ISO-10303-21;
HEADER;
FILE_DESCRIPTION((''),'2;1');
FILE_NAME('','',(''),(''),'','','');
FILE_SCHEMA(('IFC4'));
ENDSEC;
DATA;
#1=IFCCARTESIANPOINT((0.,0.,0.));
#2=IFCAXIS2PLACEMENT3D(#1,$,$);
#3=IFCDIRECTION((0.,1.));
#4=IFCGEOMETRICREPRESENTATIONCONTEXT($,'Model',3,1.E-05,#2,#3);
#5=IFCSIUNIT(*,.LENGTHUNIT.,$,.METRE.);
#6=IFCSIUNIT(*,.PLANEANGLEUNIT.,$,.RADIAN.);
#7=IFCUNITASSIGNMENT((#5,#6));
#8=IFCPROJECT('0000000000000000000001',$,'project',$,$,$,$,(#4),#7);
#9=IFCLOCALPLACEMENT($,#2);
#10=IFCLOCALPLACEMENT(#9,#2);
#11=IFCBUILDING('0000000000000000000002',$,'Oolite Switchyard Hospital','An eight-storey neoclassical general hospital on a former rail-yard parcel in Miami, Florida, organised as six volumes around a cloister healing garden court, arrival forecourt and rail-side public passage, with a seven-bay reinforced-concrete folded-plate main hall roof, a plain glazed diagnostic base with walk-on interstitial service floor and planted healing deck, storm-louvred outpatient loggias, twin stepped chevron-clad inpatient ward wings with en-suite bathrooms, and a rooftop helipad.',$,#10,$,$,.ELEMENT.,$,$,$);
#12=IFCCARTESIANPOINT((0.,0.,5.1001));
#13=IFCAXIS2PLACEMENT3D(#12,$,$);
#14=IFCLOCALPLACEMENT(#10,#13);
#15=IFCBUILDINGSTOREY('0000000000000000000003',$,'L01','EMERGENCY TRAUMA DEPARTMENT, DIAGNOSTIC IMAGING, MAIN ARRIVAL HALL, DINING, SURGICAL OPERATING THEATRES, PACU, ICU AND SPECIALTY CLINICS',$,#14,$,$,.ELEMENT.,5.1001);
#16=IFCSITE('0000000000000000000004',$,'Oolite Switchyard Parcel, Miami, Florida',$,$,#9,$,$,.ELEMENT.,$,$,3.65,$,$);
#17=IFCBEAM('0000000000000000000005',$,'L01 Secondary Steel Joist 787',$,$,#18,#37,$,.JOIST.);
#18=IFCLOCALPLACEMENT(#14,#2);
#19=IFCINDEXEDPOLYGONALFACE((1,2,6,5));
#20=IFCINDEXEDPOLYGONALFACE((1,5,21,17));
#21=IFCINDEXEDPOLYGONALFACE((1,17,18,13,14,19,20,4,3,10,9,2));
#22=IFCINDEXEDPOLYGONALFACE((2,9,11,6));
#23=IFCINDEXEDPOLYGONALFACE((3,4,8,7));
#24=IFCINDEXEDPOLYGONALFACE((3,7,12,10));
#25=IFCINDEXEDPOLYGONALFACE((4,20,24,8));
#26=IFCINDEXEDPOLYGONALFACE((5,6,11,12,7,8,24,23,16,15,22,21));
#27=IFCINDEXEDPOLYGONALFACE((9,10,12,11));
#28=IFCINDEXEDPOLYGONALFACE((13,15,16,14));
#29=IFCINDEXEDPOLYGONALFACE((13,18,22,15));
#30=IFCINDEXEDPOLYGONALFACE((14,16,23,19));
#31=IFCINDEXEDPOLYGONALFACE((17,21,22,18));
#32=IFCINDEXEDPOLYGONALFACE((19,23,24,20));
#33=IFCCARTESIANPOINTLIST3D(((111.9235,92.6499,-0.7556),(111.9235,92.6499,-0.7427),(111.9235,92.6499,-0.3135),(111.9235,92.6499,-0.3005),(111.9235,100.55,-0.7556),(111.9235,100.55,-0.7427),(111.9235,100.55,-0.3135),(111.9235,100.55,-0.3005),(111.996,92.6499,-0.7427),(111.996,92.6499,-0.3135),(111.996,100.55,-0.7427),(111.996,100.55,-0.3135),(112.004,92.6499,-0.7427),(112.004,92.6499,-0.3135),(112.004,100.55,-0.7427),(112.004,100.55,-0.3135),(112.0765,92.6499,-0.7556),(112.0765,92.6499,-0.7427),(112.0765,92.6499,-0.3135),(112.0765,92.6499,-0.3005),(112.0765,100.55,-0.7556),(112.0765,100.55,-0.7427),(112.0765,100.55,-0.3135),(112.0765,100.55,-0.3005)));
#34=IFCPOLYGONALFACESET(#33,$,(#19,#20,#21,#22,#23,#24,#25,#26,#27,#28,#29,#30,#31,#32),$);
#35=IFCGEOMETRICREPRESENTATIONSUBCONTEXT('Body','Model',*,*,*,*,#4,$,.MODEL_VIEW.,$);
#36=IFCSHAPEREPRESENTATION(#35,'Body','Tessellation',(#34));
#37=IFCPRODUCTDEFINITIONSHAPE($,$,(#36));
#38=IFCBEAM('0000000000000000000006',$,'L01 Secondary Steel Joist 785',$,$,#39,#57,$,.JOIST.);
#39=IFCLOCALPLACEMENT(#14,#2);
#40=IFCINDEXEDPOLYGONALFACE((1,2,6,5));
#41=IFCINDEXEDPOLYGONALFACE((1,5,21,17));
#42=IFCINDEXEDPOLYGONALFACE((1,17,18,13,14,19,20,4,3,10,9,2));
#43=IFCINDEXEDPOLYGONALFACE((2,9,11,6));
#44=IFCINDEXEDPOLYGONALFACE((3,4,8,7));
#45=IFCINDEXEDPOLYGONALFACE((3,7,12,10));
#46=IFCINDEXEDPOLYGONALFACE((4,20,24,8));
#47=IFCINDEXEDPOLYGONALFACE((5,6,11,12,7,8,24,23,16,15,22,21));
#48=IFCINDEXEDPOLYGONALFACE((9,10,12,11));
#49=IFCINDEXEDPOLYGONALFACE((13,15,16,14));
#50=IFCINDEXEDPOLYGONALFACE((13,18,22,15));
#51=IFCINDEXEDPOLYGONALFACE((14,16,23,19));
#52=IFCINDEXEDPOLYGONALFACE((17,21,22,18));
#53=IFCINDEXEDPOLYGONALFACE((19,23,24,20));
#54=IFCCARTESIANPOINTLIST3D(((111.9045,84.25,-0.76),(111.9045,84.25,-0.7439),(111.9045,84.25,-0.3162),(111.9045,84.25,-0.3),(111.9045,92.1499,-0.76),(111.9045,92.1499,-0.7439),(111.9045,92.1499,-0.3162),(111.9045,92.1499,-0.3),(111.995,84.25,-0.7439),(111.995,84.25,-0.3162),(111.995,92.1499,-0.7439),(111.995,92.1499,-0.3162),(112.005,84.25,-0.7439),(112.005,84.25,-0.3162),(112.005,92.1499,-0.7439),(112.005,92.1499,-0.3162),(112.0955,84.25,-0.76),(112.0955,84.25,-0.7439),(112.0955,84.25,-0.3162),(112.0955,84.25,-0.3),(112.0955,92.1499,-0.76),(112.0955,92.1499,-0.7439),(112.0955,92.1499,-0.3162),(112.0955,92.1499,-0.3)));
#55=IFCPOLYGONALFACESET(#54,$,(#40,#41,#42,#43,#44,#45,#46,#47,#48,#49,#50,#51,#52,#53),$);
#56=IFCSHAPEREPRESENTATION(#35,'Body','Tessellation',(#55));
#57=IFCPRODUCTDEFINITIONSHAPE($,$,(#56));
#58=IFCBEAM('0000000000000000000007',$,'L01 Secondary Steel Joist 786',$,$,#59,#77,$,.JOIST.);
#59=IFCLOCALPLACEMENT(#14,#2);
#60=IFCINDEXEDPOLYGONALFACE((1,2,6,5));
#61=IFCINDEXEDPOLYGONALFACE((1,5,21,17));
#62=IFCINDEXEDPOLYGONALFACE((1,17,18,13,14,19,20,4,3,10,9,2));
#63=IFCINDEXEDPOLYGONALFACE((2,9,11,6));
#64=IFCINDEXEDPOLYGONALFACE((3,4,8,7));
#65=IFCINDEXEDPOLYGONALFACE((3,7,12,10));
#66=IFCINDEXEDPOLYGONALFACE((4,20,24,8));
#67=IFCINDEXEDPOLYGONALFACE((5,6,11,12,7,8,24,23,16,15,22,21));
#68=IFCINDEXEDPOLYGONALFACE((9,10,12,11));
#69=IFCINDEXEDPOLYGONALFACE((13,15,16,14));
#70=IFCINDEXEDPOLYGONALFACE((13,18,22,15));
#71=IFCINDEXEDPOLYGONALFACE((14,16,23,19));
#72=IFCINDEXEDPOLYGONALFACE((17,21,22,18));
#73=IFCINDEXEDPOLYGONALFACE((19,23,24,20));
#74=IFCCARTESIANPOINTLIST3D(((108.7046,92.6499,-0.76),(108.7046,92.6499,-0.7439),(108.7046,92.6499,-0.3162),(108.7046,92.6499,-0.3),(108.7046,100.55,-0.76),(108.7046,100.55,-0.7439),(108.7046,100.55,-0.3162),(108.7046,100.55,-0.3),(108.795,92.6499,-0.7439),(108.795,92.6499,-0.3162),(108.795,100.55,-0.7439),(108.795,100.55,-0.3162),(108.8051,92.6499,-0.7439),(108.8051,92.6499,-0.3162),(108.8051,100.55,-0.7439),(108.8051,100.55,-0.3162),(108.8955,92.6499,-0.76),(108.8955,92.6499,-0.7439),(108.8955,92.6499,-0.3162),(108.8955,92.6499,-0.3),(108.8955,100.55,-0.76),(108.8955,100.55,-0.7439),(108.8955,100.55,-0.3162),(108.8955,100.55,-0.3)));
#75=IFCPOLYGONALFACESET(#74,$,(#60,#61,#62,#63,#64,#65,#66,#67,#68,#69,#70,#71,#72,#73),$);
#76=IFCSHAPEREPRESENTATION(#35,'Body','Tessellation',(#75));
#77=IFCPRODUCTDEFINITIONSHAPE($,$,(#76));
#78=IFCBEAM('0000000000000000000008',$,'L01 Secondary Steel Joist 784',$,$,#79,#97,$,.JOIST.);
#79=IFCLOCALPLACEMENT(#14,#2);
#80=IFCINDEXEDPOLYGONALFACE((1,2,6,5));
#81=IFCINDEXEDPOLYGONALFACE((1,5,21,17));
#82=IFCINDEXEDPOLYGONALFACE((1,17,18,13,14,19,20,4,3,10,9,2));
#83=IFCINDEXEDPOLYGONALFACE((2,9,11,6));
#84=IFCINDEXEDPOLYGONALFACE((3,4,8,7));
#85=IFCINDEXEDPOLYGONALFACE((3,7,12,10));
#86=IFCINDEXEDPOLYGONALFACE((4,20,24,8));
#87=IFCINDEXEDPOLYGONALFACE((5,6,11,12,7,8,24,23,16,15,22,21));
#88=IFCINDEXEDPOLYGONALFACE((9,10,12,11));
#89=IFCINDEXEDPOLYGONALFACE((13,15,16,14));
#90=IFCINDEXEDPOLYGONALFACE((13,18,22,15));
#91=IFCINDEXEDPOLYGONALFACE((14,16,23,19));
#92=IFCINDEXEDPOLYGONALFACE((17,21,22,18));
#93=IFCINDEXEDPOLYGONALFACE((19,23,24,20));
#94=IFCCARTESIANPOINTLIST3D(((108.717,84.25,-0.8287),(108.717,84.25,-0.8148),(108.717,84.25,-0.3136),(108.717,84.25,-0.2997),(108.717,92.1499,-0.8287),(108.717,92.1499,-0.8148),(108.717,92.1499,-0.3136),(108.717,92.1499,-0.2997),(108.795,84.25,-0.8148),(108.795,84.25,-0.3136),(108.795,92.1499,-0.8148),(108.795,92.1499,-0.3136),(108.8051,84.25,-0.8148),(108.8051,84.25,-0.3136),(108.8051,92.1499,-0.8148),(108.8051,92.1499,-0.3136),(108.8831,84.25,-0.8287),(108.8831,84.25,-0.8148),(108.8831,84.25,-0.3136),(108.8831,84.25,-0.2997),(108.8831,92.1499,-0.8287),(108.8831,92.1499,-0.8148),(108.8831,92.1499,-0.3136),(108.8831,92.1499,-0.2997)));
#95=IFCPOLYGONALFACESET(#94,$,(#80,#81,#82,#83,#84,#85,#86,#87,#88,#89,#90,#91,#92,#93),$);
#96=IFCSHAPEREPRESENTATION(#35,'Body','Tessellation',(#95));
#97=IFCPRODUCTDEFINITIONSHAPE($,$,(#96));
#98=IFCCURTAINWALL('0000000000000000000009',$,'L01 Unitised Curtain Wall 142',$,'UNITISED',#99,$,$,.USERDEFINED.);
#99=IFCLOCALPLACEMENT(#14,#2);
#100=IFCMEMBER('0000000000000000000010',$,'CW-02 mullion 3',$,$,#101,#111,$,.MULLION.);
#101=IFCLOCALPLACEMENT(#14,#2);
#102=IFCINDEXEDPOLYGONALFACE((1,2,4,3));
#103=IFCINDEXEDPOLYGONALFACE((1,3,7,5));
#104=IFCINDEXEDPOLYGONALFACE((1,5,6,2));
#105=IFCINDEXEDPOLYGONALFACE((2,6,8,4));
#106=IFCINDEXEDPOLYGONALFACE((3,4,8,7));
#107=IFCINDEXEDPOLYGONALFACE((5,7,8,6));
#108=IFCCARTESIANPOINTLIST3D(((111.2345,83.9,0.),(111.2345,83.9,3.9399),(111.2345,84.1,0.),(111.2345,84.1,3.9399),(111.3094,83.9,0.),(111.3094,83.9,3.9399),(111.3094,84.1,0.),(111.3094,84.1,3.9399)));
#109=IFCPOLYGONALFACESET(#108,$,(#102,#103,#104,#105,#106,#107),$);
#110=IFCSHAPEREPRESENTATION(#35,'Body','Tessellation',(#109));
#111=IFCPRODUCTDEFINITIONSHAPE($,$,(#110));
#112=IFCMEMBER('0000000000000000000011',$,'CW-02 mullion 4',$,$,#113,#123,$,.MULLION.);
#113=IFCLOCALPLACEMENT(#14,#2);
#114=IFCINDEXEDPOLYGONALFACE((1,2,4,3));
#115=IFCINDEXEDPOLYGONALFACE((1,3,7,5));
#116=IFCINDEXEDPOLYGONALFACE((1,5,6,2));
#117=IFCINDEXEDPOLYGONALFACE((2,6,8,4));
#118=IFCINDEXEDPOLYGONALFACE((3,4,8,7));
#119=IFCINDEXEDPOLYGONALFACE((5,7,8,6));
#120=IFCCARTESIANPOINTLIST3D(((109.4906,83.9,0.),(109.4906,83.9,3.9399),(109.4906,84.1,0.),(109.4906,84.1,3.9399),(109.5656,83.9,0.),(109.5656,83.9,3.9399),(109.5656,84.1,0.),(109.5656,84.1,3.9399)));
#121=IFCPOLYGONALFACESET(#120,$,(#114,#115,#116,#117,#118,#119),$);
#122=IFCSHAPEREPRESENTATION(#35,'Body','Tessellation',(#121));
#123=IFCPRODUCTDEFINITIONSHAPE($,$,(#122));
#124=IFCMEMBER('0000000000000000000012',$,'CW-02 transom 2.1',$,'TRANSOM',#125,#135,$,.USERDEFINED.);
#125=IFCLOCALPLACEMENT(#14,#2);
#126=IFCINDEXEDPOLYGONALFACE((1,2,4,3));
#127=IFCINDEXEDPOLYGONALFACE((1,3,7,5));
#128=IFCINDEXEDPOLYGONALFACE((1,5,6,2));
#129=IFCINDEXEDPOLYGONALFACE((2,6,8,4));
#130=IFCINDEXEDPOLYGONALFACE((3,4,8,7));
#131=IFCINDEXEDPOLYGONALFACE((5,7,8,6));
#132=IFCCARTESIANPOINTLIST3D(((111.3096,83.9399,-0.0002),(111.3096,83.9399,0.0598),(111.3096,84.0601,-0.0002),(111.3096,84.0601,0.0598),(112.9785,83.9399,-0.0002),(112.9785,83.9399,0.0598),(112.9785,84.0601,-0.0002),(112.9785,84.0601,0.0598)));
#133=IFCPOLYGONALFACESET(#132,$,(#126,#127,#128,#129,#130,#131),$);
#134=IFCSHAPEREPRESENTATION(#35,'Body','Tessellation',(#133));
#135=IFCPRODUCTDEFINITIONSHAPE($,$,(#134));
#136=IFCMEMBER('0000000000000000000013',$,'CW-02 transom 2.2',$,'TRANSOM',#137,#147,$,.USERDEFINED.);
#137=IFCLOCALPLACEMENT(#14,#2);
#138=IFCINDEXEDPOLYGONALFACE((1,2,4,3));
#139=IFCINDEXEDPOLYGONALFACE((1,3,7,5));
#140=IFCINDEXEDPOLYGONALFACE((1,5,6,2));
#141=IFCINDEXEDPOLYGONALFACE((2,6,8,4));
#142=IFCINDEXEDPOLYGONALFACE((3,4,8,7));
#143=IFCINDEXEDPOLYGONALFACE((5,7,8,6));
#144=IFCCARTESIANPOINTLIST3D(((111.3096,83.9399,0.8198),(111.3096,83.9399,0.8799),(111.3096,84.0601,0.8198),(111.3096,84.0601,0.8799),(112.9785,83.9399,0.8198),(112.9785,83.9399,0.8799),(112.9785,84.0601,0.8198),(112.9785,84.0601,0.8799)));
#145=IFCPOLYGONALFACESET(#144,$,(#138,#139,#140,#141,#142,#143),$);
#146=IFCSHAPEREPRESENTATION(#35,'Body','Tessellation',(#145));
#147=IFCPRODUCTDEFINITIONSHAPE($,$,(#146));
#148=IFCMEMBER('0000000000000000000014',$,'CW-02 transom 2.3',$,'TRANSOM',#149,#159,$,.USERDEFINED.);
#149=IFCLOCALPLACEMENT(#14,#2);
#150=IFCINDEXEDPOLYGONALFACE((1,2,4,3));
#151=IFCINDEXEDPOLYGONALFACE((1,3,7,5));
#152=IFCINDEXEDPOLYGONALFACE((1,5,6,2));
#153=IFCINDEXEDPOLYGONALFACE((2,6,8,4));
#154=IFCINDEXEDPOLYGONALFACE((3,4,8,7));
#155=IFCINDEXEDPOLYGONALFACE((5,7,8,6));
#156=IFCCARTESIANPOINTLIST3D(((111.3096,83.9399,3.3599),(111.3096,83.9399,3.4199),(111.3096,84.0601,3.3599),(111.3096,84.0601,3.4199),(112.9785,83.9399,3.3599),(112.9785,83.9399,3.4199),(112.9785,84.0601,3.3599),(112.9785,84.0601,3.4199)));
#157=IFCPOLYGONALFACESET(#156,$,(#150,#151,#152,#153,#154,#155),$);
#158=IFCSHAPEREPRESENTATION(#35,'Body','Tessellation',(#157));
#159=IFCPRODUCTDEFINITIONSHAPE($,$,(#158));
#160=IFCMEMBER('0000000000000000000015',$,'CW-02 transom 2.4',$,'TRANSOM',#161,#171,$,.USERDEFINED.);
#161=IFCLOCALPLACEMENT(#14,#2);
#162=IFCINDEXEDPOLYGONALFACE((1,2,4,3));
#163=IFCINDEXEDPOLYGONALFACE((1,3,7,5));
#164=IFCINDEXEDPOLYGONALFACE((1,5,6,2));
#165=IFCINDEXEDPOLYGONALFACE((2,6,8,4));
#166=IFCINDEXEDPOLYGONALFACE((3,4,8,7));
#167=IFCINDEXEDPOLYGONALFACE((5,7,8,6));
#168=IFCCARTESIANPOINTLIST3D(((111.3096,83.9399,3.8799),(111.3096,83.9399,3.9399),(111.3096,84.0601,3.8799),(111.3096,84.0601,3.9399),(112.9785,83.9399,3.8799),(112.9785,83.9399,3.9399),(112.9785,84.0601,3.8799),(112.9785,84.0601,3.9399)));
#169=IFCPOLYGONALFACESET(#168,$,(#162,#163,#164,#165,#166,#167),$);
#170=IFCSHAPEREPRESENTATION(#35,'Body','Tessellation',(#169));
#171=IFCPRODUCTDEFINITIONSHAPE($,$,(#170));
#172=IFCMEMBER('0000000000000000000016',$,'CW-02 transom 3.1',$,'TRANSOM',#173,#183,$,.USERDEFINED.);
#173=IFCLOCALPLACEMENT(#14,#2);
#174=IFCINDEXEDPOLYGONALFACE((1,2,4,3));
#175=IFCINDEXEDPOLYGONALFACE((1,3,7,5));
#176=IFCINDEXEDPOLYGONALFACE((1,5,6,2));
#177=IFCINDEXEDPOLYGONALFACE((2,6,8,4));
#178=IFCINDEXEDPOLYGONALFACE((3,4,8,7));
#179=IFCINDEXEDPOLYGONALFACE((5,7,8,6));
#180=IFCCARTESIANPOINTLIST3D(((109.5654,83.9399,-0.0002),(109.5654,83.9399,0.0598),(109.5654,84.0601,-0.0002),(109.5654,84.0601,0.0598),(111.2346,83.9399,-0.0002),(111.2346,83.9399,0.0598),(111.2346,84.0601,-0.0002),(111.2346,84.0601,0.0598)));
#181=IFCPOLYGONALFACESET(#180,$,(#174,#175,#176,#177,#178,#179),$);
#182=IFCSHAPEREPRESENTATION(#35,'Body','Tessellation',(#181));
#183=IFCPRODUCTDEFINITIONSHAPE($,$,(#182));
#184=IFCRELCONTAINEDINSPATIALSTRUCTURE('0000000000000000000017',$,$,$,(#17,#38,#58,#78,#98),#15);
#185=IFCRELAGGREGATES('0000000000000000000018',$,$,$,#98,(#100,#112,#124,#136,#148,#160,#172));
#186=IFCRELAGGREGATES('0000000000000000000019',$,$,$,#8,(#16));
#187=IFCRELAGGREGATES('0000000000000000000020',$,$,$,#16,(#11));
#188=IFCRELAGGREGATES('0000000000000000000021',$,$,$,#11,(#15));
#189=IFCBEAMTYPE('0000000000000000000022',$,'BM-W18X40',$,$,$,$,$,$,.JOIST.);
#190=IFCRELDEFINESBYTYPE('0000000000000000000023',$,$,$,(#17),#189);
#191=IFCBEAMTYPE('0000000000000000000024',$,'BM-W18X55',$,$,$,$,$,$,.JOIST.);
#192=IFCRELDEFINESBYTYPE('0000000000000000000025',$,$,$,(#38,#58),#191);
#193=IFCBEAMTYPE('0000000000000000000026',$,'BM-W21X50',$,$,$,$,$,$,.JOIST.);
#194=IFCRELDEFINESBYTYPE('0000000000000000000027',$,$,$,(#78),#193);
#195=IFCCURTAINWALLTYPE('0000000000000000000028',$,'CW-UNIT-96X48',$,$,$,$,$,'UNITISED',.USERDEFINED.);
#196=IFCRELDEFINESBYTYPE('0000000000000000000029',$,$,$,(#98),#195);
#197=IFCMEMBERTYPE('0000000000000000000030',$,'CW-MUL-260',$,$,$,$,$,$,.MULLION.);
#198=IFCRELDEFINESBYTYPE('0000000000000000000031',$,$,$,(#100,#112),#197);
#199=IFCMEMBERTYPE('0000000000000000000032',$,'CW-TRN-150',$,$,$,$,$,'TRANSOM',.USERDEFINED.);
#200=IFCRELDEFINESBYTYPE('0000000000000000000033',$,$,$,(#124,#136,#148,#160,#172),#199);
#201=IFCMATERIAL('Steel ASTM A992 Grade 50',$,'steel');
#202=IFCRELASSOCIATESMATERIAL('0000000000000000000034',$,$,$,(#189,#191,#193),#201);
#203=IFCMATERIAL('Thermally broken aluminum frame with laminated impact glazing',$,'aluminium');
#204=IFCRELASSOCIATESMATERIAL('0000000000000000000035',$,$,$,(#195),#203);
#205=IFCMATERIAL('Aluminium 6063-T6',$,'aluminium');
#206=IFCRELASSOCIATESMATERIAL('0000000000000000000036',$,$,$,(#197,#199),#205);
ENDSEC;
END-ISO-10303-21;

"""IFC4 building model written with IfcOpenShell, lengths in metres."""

from ifc_helpers import new_model, si_unit, direction, frame, origin, origin_2d, place, context, subcontext, project, spatial, rectangle, i_section, extrude, material, material_profile, profile_set, type_object, element, aggregate, save


model = new_model("IFC4")

# Units and contexts
model_context = context("Model", 3, precision=1e-05, world=origin(), true_north=direction((0.0, 1.0)))
body_context = subcontext(model_context, "Body", "Model", "MODEL_VIEW")
ifc_project = project(units=[si_unit("LENGTHUNIT", "METRE"), si_unit("PLANEANGLEUNIT", "RADIAN")], contexts=[model_context])

# Site, building, storey
site_placement = place(None, origin())
site = spatial("IfcSite", under=ifc_project, at=site_placement, Name="Oolite Switchyard Parcel, Miami, Florida", CompositionType="ELEMENT", RefElevation=3.65)
building_placement = place(site_placement, origin())
building = spatial("IfcBuilding", under=site, at=building_placement, Name="Oolite Switchyard Hospital", Description="An eight-storey neoclassical general hospital on a former rail-yard parcel in Miami, Florida, organised as six volumes around a cloister healing garden court, arrival forecourt and rail-side public passage, with a seven-bay reinforced-concrete folded-plate main hall roof, a plain glazed diagnostic base with walk-on interstitial service floor and planted healing deck, storm-louvred outpatient loggias, twin stepped chevron-clad inpatient ward wings with en-suite bathrooms, and a rooftop helipad.", CompositionType="ELEMENT")
storey_placement = place(building_placement, frame((0.0, 0.0, 5.1001)))
storey = spatial("IfcBuildingStorey", under=building, at=storey_placement, Name="L01", Description="EMERGENCY TRAUMA DEPARTMENT, DIAGNOSTIC IMAGING, MAIN ARRIVAL HALL, DINING, SURGICAL OPERATING THEATRES, PACU, ICU AND SPECIALTY CLINICS", CompositionType="ELEMENT", Elevation=5.1001)

# Beams
ifc_material_1 = material(Name="Steel ASTM A992 Grade 50", Category="steel")
ifc_material_profile_1 = material_profile(ifc_material_1, i_section(OverallWidth=0.1531, OverallDepth=0.4551, WebThickness=0.0081, FlangeThickness=0.0129, at=origin_2d()), Name="W18X40")
ifc_profile_set_1 = profile_set([ifc_material_profile_1], Name="Steel ASTM A992 Grade 50")
beam_type_1 = type_object("IfcBeamType", Name="BM-W18X40", PredefinedType="JOIST", material=ifc_profile_set_1)
beam_1_placement = place(storey_placement, frame((112.0, 92.6499, -0.5281), z_axis=(0.0, 1.0, 0.0), x_axis=(-1.0, 0.0, 0.0)))
element("IfcBeam", 1, at=beam_1_placement, inside=storey, type_object=beam_type_1, Name="L01 Secondary Steel Joist 787", PredefinedType="JOIST", context=body_context, shape_type="SweptSolid", body=[
    extrude(i_section(OverallWidth=0.1531, OverallDepth=0.4551, WebThickness=0.0081, FlangeThickness=0.0129, at=origin_2d()), origin(), (0.0, 0.0, 1.0), 7.9001),
])
ifc_material_profile_2 = material_profile(ifc_material_1, i_section(OverallWidth=0.1909, OverallDepth=0.46, WebThickness=0.01, FlangeThickness=0.0161, at=origin_2d()), Name="W18X55")
ifc_profile_set_2 = profile_set([ifc_material_profile_2], Name="Steel ASTM A992 Grade 50")
beam_type_2 = type_object("IfcBeamType", Name="BM-W18X55", PredefinedType="JOIST", material=ifc_profile_set_2)
beam_2_placement = place(storey_placement, frame((112.0, 84.25, -0.53), z_axis=(0.0, 1.0, 0.0), x_axis=(-1.0, 0.0, 0.0)))
element("IfcBeam", 2, at=beam_2_placement, inside=storey, type_object=beam_type_2, Name="L01 Secondary Steel Joist 785", PredefinedType="JOIST", context=body_context, shape_type="SweptSolid", body=[
    extrude(i_section(OverallWidth=0.1909, OverallDepth=0.46, WebThickness=0.01, FlangeThickness=0.0161, at=origin_2d()), origin(), (0.0, 0.0, 1.0), 7.8999),
])
beam_3_placement = place(storey_placement, frame((108.8, 92.6499, -0.53), z_axis=(0.0, 1.0, 0.0), x_axis=(-1.0, 0.0, 0.0)))
element("IfcBeam", 3, at=beam_3_placement, inside=storey, type_object=beam_type_2, Name="L01 Secondary Steel Joist 786", PredefinedType="JOIST", context=body_context, shape_type="SweptSolid", body=[
    extrude(i_section(OverallWidth=0.1909, OverallDepth=0.46, WebThickness=0.01, FlangeThickness=0.0161, at=origin_2d()), origin(), (0.0, 0.0, 1.0), 7.9001),
])
ifc_material_profile_3 = material_profile(ifc_material_1, i_section(OverallWidth=0.166, OverallDepth=0.5291, WebThickness=0.01, FlangeThickness=0.0139, at=origin_2d()), Name="W21X50")
ifc_profile_set_3 = profile_set([ifc_material_profile_3], Name="Steel ASTM A992 Grade 50")
beam_type_3 = type_object("IfcBeamType", Name="BM-W21X50", PredefinedType="JOIST", material=ifc_profile_set_3)
beam_4_placement = place(storey_placement, frame((108.8, 84.25, -0.5642), z_axis=(0.0, 1.0, 0.0), x_axis=(-1.0, 0.0, 0.0)))
element("IfcBeam", 4, at=beam_4_placement, inside=storey, type_object=beam_type_3, Name="L01 Secondary Steel Joist 784", PredefinedType="JOIST", context=body_context, shape_type="SweptSolid", body=[
    extrude(i_section(OverallWidth=0.166, OverallDepth=0.5291, WebThickness=0.01, FlangeThickness=0.0139, at=origin_2d()), origin(), (0.0, 0.0, 1.0), 7.8999),
])

# Curtain wall, members
ifc_material_2 = material(Name="Thermally broken aluminum frame with laminated impact glazing", Category="aluminium")
curtain_wall_type = type_object("IfcCurtainWallType", Name="CW-UNIT-96X48", ElementType="UNITISED", PredefinedType="USERDEFINED", material=ifc_material_2)
curtain_wall_placement = place(storey_placement, origin())
curtain_wall = element("IfcCurtainWall", 5, at=curtain_wall_placement, inside=storey, type_object=curtain_wall_type, Name="L01 Unitised Curtain Wall 142", ObjectType="UNITISED", PredefinedType="USERDEFINED")
ifc_material_3 = material(Name="Aluminium 6063-T6", Category="aluminium")
ifc_material_profile_4 = material_profile(ifc_material_3, rectangle(XDim=0.2, YDim=0.075, at=origin_2d()), Name="CWM75X200")
ifc_profile_set_4 = profile_set([ifc_material_profile_4], Name="Aluminium 6063-T6")
member_type_1 = type_object("IfcMemberType", Name="CW-MUL-260", PredefinedType="MULLION", material=ifc_profile_set_4)
member_1_placement = place(storey_placement, frame((111.272, 84.0, 0.0), z_axis=(0.0, 0.0, 1.0), x_axis=(0.0, -1.0, 0.0)))
member_1 = element("IfcMember", 6, at=member_1_placement, type_object=member_type_1, Name="CW-02 mullion 3", PredefinedType="MULLION", context=body_context, shape_type="SweptSolid", body=[
    extrude(rectangle(XDim=0.2, YDim=0.075, at=origin_2d()), origin(), (0.0, 0.0, 1.0), 3.9399),
])
member_2_placement = place(storey_placement, frame((109.5281, 84.0, 0.0), z_axis=(0.0, 0.0, 1.0), x_axis=(0.0, -1.0, 0.0)))
member_2 = element("IfcMember", 7, at=member_2_placement, type_object=member_type_1, Name="CW-02 mullion 4", PredefinedType="MULLION", context=body_context, shape_type="SweptSolid", body=[
    extrude(rectangle(XDim=0.2, YDim=0.075, at=origin_2d()), origin(), (0.0, 0.0, 1.0), 3.9399),
])
ifc_material_profile_5 = material_profile(ifc_material_3, rectangle(XDim=0.1201, YDim=0.0601, at=origin_2d()), Name="CWT60X120")
ifc_profile_set_5 = profile_set([ifc_material_profile_5], Name="Aluminium 6063-T6")
member_type_2 = type_object("IfcMemberType", Name="CW-TRN-150", ElementType="TRANSOM", PredefinedType="USERDEFINED", material=ifc_profile_set_5)
member_3_placement = place(storey_placement, frame((112.9785, 84.0, 0.0298), z_axis=(-1.0, 0.0, 0.0), x_axis=(0.0, -1.0, 0.0)))
member_3 = element("IfcMember", 8, at=member_3_placement, type_object=member_type_2, Name="CW-02 transom 2.1", ObjectType="TRANSOM", PredefinedType="USERDEFINED", context=body_context, shape_type="SweptSolid", body=[
    extrude(rectangle(XDim=0.1201, YDim=0.0601, at=origin_2d()), origin(), (0.0, 0.0, 1.0), 1.6689),
])
member_4_placement = place(storey_placement, frame((112.9785, 84.0, 0.8499), z_axis=(-1.0, 0.0, 0.0), x_axis=(0.0, -1.0, 0.0)))
member_4 = element("IfcMember", 9, at=member_4_placement, type_object=member_type_2, Name="CW-02 transom 2.2", ObjectType="TRANSOM", PredefinedType="USERDEFINED", context=body_context, shape_type="SweptSolid", body=[
    extrude(rectangle(XDim=0.1201, YDim=0.0601, at=origin_2d()), origin(), (0.0, 0.0, 1.0), 1.6689),
])
member_5_placement = place(storey_placement, frame((112.9785, 84.0, 3.3899), z_axis=(-1.0, 0.0, 0.0), x_axis=(0.0, -1.0, 0.0)))
member_5 = element("IfcMember", 10, at=member_5_placement, type_object=member_type_2, Name="CW-02 transom 2.3", ObjectType="TRANSOM", PredefinedType="USERDEFINED", context=body_context, shape_type="SweptSolid", body=[
    extrude(rectangle(XDim=0.1201, YDim=0.0601, at=origin_2d()), origin(), (0.0, 0.0, 1.0), 1.6689),
])
member_6_placement = place(storey_placement, frame((112.9785, 84.0, 3.9099), z_axis=(-1.0, 0.0, 0.0), x_axis=(0.0, -1.0, 0.0)))
member_6 = element("IfcMember", 11, at=member_6_placement, type_object=member_type_2, Name="CW-02 transom 2.4", ObjectType="TRANSOM", PredefinedType="USERDEFINED", context=body_context, shape_type="SweptSolid", body=[
    extrude(rectangle(XDim=0.1201, YDim=0.0601, at=origin_2d()), origin(), (0.0, 0.0, 1.0), 1.6689),
])
member_7_placement = place(storey_placement, frame((111.2346, 84.0, 0.0298), z_axis=(-1.0, 0.0, 0.0), x_axis=(0.0, -1.0, 0.0)))
member_7 = element("IfcMember", 12, at=member_7_placement, type_object=member_type_2, Name="CW-02 transom 3.1", ObjectType="TRANSOM", PredefinedType="USERDEFINED", context=body_context, shape_type="SweptSolid", body=[
    extrude(rectangle(XDim=0.1201, YDim=0.0601, at=origin_2d()), origin(), (0.0, 0.0, 1.0), 1.6692),
])
aggregate(curtain_wall, [member_1, member_2, member_3, member_4, member_5, member_6, member_7])

save(model, "model.ifc")
